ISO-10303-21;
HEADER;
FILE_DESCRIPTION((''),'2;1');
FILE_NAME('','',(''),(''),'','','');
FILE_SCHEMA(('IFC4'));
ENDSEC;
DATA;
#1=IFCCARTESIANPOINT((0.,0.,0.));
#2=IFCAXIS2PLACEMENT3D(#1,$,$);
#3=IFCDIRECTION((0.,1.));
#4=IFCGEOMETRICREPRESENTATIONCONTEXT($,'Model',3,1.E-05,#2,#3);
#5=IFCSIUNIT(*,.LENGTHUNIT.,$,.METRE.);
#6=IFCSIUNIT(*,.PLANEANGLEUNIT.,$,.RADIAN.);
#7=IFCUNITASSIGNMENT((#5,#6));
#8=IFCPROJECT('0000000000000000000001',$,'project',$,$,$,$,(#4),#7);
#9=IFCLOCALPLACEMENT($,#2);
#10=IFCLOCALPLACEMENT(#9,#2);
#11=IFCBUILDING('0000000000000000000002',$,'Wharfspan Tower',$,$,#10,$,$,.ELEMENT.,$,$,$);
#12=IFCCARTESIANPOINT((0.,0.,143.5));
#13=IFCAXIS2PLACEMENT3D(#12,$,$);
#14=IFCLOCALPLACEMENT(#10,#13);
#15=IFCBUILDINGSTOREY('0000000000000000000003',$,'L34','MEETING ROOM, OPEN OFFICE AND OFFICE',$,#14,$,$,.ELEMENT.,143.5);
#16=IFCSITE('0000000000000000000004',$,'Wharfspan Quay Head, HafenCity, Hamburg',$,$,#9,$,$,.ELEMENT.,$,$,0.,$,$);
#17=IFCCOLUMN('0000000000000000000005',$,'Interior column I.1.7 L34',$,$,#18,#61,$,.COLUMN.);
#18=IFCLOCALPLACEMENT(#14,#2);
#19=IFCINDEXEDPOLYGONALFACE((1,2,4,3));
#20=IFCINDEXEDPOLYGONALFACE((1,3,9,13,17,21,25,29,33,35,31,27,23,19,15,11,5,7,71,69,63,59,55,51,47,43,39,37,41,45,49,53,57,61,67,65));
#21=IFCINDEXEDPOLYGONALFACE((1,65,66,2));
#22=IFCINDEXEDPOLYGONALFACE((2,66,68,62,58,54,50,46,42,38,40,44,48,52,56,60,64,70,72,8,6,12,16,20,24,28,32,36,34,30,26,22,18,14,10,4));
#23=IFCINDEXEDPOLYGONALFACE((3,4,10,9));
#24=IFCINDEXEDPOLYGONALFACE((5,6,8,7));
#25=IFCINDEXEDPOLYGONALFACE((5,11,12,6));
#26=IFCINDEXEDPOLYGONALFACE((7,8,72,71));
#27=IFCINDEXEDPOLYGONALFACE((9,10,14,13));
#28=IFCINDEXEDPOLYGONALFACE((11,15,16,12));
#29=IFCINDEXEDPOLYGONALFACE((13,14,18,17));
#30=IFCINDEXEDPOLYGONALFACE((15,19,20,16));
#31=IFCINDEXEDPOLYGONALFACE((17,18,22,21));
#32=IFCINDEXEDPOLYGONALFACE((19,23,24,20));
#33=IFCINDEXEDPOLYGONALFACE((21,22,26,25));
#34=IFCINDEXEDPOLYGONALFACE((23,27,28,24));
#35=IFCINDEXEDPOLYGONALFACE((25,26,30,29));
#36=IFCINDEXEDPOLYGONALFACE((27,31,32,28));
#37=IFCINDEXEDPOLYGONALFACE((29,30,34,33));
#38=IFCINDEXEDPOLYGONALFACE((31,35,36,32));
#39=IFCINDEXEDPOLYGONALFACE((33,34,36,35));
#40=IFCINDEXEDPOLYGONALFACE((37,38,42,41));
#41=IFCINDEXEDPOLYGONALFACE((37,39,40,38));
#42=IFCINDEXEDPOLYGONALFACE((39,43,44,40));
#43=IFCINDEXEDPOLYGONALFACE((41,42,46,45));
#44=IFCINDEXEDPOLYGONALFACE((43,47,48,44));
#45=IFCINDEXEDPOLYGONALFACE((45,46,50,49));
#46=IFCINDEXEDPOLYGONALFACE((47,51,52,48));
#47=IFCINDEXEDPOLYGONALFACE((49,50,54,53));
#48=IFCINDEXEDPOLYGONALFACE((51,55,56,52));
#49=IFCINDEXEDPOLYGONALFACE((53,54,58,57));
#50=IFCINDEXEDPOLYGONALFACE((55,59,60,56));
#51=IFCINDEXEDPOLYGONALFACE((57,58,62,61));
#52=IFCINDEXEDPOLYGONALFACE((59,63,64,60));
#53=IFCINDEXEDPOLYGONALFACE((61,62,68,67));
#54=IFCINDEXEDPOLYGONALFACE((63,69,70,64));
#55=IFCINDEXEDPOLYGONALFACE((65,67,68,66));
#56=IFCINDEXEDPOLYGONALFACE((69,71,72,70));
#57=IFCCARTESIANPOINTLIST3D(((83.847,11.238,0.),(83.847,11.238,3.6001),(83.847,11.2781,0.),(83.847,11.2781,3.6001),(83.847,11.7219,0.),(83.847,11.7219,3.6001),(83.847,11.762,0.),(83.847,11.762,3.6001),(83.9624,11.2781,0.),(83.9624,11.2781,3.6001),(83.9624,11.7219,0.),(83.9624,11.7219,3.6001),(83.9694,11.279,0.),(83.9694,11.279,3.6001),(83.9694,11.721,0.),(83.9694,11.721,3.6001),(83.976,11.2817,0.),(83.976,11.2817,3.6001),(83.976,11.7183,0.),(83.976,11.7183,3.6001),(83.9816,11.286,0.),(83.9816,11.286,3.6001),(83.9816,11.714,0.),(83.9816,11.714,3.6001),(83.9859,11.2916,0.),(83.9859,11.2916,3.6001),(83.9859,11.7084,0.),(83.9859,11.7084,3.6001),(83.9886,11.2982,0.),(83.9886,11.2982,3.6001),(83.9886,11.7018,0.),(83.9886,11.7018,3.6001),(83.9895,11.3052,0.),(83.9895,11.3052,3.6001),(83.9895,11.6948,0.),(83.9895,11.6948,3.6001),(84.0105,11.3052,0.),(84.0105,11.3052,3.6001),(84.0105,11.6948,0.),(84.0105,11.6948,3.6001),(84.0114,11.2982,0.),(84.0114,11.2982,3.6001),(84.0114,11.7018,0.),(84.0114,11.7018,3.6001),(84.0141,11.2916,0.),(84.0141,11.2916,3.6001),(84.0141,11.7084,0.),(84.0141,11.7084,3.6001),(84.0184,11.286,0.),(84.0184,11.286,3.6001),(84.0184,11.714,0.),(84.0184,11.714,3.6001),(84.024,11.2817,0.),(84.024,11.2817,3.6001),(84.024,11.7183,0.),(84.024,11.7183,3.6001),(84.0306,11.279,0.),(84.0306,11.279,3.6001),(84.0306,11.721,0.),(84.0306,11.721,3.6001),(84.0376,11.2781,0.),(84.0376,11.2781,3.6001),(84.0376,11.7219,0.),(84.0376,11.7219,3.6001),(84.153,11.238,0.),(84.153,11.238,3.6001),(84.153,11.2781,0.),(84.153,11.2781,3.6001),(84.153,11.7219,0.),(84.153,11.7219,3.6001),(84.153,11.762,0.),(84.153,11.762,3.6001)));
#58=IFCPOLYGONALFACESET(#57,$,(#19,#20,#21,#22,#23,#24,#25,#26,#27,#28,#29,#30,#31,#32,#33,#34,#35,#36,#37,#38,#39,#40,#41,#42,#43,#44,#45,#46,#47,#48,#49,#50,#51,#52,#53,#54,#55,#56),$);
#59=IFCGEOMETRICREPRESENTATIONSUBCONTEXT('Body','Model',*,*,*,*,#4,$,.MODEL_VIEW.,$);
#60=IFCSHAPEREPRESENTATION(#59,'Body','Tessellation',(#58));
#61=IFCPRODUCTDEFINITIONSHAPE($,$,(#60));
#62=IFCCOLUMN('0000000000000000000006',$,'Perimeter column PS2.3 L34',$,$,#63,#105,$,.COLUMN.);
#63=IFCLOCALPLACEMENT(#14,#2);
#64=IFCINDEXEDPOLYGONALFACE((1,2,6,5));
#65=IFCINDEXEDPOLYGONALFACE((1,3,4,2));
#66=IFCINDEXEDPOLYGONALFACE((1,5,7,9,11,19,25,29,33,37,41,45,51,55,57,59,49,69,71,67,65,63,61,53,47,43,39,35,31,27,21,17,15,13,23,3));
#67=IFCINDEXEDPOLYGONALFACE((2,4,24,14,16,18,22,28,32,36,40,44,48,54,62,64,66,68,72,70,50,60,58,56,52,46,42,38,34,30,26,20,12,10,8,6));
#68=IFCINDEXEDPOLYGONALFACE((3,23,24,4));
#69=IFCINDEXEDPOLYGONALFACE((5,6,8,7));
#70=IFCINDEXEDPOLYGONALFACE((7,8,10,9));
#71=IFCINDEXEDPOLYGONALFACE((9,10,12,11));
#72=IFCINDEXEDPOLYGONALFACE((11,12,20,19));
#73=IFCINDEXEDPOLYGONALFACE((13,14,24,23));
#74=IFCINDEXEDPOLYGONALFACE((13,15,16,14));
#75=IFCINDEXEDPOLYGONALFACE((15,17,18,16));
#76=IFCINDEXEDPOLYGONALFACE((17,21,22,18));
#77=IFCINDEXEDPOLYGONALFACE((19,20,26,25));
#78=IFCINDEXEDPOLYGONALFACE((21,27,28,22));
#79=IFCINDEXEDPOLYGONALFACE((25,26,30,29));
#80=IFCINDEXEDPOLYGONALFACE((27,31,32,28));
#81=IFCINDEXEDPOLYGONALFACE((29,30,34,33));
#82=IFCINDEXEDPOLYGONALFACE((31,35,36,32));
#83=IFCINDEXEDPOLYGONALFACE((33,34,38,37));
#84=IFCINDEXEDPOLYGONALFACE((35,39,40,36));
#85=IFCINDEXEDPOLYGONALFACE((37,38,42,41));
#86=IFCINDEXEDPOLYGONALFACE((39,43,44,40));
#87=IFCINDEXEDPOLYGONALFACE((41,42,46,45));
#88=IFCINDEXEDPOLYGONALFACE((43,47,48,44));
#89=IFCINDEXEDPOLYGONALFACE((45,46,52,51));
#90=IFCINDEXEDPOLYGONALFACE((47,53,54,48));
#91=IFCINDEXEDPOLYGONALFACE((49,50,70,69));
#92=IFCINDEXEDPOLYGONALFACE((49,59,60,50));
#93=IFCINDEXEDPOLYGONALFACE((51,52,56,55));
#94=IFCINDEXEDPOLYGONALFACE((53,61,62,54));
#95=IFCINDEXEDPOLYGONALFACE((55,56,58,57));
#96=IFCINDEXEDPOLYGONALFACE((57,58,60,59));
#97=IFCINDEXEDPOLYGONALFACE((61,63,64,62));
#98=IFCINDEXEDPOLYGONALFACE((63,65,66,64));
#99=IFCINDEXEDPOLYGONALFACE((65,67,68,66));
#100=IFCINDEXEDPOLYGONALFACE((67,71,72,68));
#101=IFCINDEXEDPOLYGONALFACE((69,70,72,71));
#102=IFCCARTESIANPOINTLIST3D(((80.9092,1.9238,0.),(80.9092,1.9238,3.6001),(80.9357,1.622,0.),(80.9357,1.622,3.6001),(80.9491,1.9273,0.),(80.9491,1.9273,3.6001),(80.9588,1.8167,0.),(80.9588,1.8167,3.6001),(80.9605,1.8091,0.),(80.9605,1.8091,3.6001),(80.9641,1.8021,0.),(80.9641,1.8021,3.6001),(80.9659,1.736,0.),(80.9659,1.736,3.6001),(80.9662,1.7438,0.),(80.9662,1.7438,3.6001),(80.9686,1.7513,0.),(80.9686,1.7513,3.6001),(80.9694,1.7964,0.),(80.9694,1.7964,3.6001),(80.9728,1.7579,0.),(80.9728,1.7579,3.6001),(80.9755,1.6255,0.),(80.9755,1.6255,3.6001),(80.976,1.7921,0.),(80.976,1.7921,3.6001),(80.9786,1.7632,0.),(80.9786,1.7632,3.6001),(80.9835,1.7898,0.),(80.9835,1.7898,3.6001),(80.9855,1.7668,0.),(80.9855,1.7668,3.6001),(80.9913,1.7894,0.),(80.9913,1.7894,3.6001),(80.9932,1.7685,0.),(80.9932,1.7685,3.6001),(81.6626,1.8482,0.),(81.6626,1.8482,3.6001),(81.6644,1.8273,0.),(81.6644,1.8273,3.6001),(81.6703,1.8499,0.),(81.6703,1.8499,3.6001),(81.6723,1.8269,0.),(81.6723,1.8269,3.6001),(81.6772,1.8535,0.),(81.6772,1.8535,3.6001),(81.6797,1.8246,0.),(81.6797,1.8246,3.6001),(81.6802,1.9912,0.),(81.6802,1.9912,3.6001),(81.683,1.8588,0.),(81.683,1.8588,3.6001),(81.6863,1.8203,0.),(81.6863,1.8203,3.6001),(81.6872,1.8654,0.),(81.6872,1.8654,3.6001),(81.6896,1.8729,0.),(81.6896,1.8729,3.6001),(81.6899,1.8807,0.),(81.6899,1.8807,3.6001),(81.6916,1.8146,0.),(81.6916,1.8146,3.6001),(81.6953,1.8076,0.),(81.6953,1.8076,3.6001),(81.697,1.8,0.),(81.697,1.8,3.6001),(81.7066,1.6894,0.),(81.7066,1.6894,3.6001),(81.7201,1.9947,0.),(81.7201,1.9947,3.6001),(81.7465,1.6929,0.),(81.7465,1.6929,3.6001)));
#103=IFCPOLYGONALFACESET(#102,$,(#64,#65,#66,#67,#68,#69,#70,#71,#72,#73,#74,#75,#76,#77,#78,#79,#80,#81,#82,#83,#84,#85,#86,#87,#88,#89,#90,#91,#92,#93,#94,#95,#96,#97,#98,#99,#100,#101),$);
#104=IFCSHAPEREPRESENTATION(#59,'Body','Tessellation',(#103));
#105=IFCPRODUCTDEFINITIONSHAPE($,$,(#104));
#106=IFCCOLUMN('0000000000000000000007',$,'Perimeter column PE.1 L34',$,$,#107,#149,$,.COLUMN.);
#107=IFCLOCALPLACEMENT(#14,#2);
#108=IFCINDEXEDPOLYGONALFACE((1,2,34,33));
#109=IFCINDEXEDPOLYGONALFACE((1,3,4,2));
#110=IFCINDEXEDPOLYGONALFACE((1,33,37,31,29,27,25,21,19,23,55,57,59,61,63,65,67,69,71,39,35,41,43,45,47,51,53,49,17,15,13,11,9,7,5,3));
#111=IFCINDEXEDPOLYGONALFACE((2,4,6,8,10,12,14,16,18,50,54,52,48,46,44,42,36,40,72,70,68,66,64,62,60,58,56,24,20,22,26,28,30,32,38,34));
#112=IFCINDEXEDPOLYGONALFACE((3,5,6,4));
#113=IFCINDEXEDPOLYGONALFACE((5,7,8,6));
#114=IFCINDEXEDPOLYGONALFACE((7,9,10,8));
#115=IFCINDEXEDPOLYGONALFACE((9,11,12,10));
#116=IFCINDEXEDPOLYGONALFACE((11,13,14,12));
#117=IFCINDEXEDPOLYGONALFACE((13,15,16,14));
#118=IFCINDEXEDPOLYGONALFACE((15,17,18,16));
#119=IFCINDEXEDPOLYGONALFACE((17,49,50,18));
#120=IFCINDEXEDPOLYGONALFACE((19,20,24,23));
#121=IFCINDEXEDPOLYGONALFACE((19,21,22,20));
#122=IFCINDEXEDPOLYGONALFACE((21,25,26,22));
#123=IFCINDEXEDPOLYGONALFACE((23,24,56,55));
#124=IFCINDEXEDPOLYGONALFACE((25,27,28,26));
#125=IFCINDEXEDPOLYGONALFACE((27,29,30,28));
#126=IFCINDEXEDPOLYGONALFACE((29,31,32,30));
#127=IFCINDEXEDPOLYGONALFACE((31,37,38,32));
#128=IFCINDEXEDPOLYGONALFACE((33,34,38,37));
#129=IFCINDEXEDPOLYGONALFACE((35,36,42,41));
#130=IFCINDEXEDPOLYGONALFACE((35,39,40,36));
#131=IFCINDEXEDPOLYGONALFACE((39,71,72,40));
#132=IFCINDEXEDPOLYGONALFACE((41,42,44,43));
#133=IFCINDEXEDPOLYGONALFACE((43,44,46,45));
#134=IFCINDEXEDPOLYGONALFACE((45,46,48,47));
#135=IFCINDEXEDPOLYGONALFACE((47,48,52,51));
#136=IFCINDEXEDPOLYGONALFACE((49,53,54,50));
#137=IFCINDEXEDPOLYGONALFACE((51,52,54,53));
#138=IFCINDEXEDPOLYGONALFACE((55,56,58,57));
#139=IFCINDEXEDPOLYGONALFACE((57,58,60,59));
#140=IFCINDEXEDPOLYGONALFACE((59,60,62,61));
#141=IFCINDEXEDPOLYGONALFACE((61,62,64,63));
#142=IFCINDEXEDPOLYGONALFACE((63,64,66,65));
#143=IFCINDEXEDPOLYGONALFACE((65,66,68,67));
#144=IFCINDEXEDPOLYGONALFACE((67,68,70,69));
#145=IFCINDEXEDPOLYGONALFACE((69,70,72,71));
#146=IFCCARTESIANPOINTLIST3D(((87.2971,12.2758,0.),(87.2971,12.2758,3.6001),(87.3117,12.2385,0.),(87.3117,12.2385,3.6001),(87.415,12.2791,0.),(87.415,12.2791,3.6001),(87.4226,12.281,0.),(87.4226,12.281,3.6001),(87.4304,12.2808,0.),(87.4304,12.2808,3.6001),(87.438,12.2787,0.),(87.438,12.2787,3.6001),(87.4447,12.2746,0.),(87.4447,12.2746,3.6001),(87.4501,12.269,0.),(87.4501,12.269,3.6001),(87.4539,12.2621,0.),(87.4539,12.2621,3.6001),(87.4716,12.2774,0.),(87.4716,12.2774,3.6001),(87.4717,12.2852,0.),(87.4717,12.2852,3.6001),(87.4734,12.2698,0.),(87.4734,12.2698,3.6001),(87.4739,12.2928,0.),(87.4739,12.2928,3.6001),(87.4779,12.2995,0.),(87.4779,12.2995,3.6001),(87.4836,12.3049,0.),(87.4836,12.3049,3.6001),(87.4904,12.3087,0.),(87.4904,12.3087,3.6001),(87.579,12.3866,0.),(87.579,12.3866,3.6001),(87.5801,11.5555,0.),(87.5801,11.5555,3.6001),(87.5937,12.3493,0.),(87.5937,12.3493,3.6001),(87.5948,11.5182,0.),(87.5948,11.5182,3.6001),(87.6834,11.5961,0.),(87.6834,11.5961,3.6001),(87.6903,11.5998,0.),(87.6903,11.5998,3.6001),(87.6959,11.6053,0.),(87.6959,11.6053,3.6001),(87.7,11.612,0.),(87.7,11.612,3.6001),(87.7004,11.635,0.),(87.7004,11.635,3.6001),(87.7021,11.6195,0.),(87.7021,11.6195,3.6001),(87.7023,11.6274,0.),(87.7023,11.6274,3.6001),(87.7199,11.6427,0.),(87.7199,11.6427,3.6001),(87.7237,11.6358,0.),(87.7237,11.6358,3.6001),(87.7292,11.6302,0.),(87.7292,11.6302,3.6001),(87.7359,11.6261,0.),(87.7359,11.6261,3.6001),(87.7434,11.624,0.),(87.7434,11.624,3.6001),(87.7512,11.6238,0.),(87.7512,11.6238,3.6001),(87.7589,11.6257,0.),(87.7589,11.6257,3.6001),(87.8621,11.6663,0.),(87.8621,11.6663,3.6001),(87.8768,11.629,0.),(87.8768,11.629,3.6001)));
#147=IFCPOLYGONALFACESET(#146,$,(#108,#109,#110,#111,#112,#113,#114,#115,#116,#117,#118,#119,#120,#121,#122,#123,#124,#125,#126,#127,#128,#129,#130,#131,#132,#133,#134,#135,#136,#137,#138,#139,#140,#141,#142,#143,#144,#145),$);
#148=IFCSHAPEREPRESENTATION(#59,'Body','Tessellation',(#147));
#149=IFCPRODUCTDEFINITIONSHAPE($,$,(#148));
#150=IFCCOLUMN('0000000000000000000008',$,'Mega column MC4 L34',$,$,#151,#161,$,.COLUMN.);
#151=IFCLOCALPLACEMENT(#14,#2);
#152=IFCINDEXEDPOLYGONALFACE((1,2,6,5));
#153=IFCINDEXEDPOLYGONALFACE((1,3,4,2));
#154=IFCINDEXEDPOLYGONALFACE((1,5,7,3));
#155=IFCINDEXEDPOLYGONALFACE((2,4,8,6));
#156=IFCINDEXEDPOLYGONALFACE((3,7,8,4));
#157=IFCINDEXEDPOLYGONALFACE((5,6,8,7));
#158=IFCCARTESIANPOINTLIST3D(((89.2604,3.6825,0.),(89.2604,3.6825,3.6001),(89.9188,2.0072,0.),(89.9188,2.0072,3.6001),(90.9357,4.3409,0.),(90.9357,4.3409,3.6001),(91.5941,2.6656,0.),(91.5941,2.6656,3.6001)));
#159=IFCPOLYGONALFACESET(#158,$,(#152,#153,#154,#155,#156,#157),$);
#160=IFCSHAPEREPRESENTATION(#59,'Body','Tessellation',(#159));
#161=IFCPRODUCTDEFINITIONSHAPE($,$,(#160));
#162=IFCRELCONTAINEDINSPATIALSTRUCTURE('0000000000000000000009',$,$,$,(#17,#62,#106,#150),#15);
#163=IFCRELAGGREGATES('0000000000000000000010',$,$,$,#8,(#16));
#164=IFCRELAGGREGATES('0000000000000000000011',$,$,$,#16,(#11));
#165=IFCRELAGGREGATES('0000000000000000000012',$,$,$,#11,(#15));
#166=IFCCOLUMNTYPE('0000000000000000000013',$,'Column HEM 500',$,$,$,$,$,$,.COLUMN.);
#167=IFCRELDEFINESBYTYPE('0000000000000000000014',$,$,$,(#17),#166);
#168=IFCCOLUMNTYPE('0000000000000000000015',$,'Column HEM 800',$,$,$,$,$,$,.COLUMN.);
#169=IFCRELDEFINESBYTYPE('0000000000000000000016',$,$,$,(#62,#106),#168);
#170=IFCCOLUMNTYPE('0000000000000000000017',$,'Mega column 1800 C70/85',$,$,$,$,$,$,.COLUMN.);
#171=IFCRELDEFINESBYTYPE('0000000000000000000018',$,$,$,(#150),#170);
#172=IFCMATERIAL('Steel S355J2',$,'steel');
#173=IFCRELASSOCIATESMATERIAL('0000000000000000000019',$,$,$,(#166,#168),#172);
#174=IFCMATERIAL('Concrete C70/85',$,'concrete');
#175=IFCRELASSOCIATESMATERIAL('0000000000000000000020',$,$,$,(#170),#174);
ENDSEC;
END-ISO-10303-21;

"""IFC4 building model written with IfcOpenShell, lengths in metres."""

from ifc_helpers import new_model, si_unit, direction, frame, origin, origin_2d, place, context, subcontext, project, spatial, rectangle, i_section, extrude, material, material_profile, profile_set, type_object, element, save


model = new_model("IFC4")

# Units and contexts
model_context = context("Model", 3, precision=1e-05, world=origin(), true_north=direction((0.0, 1.0)))
body_context = subcontext(model_context, "Body", "Model", "MODEL_VIEW")
ifc_project = project(units=[si_unit("LENGTHUNIT", "METRE"), si_unit("PLANEANGLEUNIT", "RADIAN")], contexts=[model_context])

# Site, building, storey
site_placement = place(None, origin())
site = spatial("IfcSite", under=ifc_project, at=site_placement, Name="Wharfspan Quay Head, HafenCity, Hamburg", CompositionType="ELEMENT", RefElevation=0.0)
building_placement = place(site_placement, origin())
building = spatial("IfcBuilding", under=site, at=building_placement, Name="Wharfspan Tower", CompositionType="ELEMENT")
storey_placement = place(building_placement, frame((0.0, 0.0, 143.5)))
storey = spatial("IfcBuildingStorey", under=building, at=storey_placement, Name="L34", Description="MEETING ROOM, OPEN OFFICE AND OFFICE", CompositionType="ELEMENT", Elevation=143.5)

# Columns
ifc_material_1 = material(Name="Steel S355J2", Category="steel")
ifc_material_profile_1 = material_profile(ifc_material_1, i_section(OverallWidth=0.3059, OverallDepth=0.5239, WebThickness=0.021, FlangeThickness=0.04, FilletRadius=0.0271, at=origin_2d()))
ifc_profile_set_1 = profile_set([ifc_material_profile_1], Name="Steel S355J2")
column_type_1 = type_object("IfcColumnType", Name="Column HEM 500", PredefinedType="COLUMN", material=ifc_profile_set_1)
column_1_placement = place(storey_placement, frame((84.0, 11.5, 0.0), z_axis=(0.0, 0.0, 1.0), x_axis=(1.0, 0.0, 0.0)))
element("IfcColumn", 1, at=column_1_placement, inside=storey, type_object=column_type_1, Name="Interior column I.1.7 L34", PredefinedType="COLUMN", context=body_context, shape_type="SweptSolid", body=[
    extrude(i_section(OverallWidth=0.3059, OverallDepth=0.5239, WebThickness=0.021, FlangeThickness=0.04, FilletRadius=0.0271, at=origin_2d()), origin(), (0.0, 0.0, 1.0), 3.6001),
])
ifc_material_profile_2 = material_profile(ifc_material_1, i_section(OverallWidth=0.303, OverallDepth=0.814, WebThickness=0.021, FlangeThickness=0.04, FilletRadius=0.03, at=origin_2d()))
ifc_profile_set_2 = profile_set([ifc_material_profile_2], Name="Steel S355J2")
column_type_2 = type_object("IfcColumnType", Name="Column HEM 800", PredefinedType="COLUMN", material=ifc_profile_set_2)
for number, where, z_axis, x_axis, name in (
    (2, (81.3279, 1.8083, 0.0), (0.0, 0.0, 1.0), (0.087156, -0.996198, 0.0), "Perimeter column PS2.3 L34"),
    (3, (87.5869, 11.9524, 0.0), (0.0, 0.0, 1.0), (0.930702, 0.365778, 0.0), "Perimeter column PE.1 L34"),
):
    element("IfcColumn", number, at=place(storey_placement, frame(where, z_axis=z_axis, x_axis=x_axis)), inside=storey, type_object=column_type_2, Name=name, PredefinedType="COLUMN", context=body_context, shape_type="SweptSolid", body=[
        extrude(i_section(OverallWidth=0.303, OverallDepth=0.814, WebThickness=0.021, FlangeThickness=0.04, FilletRadius=0.03, at=origin_2d()), origin(), (0.0, 0.0, 1.0), 3.6001),
    ])
ifc_material_2 = material(Name="Concrete C70/85", Category="concrete")
ifc_material_profile_3 = material_profile(ifc_material_2, rectangle(XDim=1.8, YDim=1.8, at=origin_2d()))
ifc_profile_set_3 = profile_set([ifc_material_profile_3], Name="Concrete C70/85")
column_type_3 = type_object("IfcColumnType", Name="Mega column 1800 C70/85", PredefinedType="COLUMN", material=ifc_profile_set_3)
column_2_placement = place(storey_placement, frame((90.4272, 3.1741, 0.0), z_axis=(0.0, 0.0, 1.0), x_axis=(-0.365778, 0.930702, 0.0)))
element("IfcColumn", 4, at=column_2_placement, inside=storey, type_object=column_type_3, Name="Mega column MC4 L34", PredefinedType="COLUMN", context=body_context, shape_type="SweptSolid", body=[
    extrude(rectangle(XDim=1.8, YDim=1.8, at=origin_2d()), origin(), (0.0, 0.0, 1.0), 3.6001),
])

save(model, "model.ifc")
